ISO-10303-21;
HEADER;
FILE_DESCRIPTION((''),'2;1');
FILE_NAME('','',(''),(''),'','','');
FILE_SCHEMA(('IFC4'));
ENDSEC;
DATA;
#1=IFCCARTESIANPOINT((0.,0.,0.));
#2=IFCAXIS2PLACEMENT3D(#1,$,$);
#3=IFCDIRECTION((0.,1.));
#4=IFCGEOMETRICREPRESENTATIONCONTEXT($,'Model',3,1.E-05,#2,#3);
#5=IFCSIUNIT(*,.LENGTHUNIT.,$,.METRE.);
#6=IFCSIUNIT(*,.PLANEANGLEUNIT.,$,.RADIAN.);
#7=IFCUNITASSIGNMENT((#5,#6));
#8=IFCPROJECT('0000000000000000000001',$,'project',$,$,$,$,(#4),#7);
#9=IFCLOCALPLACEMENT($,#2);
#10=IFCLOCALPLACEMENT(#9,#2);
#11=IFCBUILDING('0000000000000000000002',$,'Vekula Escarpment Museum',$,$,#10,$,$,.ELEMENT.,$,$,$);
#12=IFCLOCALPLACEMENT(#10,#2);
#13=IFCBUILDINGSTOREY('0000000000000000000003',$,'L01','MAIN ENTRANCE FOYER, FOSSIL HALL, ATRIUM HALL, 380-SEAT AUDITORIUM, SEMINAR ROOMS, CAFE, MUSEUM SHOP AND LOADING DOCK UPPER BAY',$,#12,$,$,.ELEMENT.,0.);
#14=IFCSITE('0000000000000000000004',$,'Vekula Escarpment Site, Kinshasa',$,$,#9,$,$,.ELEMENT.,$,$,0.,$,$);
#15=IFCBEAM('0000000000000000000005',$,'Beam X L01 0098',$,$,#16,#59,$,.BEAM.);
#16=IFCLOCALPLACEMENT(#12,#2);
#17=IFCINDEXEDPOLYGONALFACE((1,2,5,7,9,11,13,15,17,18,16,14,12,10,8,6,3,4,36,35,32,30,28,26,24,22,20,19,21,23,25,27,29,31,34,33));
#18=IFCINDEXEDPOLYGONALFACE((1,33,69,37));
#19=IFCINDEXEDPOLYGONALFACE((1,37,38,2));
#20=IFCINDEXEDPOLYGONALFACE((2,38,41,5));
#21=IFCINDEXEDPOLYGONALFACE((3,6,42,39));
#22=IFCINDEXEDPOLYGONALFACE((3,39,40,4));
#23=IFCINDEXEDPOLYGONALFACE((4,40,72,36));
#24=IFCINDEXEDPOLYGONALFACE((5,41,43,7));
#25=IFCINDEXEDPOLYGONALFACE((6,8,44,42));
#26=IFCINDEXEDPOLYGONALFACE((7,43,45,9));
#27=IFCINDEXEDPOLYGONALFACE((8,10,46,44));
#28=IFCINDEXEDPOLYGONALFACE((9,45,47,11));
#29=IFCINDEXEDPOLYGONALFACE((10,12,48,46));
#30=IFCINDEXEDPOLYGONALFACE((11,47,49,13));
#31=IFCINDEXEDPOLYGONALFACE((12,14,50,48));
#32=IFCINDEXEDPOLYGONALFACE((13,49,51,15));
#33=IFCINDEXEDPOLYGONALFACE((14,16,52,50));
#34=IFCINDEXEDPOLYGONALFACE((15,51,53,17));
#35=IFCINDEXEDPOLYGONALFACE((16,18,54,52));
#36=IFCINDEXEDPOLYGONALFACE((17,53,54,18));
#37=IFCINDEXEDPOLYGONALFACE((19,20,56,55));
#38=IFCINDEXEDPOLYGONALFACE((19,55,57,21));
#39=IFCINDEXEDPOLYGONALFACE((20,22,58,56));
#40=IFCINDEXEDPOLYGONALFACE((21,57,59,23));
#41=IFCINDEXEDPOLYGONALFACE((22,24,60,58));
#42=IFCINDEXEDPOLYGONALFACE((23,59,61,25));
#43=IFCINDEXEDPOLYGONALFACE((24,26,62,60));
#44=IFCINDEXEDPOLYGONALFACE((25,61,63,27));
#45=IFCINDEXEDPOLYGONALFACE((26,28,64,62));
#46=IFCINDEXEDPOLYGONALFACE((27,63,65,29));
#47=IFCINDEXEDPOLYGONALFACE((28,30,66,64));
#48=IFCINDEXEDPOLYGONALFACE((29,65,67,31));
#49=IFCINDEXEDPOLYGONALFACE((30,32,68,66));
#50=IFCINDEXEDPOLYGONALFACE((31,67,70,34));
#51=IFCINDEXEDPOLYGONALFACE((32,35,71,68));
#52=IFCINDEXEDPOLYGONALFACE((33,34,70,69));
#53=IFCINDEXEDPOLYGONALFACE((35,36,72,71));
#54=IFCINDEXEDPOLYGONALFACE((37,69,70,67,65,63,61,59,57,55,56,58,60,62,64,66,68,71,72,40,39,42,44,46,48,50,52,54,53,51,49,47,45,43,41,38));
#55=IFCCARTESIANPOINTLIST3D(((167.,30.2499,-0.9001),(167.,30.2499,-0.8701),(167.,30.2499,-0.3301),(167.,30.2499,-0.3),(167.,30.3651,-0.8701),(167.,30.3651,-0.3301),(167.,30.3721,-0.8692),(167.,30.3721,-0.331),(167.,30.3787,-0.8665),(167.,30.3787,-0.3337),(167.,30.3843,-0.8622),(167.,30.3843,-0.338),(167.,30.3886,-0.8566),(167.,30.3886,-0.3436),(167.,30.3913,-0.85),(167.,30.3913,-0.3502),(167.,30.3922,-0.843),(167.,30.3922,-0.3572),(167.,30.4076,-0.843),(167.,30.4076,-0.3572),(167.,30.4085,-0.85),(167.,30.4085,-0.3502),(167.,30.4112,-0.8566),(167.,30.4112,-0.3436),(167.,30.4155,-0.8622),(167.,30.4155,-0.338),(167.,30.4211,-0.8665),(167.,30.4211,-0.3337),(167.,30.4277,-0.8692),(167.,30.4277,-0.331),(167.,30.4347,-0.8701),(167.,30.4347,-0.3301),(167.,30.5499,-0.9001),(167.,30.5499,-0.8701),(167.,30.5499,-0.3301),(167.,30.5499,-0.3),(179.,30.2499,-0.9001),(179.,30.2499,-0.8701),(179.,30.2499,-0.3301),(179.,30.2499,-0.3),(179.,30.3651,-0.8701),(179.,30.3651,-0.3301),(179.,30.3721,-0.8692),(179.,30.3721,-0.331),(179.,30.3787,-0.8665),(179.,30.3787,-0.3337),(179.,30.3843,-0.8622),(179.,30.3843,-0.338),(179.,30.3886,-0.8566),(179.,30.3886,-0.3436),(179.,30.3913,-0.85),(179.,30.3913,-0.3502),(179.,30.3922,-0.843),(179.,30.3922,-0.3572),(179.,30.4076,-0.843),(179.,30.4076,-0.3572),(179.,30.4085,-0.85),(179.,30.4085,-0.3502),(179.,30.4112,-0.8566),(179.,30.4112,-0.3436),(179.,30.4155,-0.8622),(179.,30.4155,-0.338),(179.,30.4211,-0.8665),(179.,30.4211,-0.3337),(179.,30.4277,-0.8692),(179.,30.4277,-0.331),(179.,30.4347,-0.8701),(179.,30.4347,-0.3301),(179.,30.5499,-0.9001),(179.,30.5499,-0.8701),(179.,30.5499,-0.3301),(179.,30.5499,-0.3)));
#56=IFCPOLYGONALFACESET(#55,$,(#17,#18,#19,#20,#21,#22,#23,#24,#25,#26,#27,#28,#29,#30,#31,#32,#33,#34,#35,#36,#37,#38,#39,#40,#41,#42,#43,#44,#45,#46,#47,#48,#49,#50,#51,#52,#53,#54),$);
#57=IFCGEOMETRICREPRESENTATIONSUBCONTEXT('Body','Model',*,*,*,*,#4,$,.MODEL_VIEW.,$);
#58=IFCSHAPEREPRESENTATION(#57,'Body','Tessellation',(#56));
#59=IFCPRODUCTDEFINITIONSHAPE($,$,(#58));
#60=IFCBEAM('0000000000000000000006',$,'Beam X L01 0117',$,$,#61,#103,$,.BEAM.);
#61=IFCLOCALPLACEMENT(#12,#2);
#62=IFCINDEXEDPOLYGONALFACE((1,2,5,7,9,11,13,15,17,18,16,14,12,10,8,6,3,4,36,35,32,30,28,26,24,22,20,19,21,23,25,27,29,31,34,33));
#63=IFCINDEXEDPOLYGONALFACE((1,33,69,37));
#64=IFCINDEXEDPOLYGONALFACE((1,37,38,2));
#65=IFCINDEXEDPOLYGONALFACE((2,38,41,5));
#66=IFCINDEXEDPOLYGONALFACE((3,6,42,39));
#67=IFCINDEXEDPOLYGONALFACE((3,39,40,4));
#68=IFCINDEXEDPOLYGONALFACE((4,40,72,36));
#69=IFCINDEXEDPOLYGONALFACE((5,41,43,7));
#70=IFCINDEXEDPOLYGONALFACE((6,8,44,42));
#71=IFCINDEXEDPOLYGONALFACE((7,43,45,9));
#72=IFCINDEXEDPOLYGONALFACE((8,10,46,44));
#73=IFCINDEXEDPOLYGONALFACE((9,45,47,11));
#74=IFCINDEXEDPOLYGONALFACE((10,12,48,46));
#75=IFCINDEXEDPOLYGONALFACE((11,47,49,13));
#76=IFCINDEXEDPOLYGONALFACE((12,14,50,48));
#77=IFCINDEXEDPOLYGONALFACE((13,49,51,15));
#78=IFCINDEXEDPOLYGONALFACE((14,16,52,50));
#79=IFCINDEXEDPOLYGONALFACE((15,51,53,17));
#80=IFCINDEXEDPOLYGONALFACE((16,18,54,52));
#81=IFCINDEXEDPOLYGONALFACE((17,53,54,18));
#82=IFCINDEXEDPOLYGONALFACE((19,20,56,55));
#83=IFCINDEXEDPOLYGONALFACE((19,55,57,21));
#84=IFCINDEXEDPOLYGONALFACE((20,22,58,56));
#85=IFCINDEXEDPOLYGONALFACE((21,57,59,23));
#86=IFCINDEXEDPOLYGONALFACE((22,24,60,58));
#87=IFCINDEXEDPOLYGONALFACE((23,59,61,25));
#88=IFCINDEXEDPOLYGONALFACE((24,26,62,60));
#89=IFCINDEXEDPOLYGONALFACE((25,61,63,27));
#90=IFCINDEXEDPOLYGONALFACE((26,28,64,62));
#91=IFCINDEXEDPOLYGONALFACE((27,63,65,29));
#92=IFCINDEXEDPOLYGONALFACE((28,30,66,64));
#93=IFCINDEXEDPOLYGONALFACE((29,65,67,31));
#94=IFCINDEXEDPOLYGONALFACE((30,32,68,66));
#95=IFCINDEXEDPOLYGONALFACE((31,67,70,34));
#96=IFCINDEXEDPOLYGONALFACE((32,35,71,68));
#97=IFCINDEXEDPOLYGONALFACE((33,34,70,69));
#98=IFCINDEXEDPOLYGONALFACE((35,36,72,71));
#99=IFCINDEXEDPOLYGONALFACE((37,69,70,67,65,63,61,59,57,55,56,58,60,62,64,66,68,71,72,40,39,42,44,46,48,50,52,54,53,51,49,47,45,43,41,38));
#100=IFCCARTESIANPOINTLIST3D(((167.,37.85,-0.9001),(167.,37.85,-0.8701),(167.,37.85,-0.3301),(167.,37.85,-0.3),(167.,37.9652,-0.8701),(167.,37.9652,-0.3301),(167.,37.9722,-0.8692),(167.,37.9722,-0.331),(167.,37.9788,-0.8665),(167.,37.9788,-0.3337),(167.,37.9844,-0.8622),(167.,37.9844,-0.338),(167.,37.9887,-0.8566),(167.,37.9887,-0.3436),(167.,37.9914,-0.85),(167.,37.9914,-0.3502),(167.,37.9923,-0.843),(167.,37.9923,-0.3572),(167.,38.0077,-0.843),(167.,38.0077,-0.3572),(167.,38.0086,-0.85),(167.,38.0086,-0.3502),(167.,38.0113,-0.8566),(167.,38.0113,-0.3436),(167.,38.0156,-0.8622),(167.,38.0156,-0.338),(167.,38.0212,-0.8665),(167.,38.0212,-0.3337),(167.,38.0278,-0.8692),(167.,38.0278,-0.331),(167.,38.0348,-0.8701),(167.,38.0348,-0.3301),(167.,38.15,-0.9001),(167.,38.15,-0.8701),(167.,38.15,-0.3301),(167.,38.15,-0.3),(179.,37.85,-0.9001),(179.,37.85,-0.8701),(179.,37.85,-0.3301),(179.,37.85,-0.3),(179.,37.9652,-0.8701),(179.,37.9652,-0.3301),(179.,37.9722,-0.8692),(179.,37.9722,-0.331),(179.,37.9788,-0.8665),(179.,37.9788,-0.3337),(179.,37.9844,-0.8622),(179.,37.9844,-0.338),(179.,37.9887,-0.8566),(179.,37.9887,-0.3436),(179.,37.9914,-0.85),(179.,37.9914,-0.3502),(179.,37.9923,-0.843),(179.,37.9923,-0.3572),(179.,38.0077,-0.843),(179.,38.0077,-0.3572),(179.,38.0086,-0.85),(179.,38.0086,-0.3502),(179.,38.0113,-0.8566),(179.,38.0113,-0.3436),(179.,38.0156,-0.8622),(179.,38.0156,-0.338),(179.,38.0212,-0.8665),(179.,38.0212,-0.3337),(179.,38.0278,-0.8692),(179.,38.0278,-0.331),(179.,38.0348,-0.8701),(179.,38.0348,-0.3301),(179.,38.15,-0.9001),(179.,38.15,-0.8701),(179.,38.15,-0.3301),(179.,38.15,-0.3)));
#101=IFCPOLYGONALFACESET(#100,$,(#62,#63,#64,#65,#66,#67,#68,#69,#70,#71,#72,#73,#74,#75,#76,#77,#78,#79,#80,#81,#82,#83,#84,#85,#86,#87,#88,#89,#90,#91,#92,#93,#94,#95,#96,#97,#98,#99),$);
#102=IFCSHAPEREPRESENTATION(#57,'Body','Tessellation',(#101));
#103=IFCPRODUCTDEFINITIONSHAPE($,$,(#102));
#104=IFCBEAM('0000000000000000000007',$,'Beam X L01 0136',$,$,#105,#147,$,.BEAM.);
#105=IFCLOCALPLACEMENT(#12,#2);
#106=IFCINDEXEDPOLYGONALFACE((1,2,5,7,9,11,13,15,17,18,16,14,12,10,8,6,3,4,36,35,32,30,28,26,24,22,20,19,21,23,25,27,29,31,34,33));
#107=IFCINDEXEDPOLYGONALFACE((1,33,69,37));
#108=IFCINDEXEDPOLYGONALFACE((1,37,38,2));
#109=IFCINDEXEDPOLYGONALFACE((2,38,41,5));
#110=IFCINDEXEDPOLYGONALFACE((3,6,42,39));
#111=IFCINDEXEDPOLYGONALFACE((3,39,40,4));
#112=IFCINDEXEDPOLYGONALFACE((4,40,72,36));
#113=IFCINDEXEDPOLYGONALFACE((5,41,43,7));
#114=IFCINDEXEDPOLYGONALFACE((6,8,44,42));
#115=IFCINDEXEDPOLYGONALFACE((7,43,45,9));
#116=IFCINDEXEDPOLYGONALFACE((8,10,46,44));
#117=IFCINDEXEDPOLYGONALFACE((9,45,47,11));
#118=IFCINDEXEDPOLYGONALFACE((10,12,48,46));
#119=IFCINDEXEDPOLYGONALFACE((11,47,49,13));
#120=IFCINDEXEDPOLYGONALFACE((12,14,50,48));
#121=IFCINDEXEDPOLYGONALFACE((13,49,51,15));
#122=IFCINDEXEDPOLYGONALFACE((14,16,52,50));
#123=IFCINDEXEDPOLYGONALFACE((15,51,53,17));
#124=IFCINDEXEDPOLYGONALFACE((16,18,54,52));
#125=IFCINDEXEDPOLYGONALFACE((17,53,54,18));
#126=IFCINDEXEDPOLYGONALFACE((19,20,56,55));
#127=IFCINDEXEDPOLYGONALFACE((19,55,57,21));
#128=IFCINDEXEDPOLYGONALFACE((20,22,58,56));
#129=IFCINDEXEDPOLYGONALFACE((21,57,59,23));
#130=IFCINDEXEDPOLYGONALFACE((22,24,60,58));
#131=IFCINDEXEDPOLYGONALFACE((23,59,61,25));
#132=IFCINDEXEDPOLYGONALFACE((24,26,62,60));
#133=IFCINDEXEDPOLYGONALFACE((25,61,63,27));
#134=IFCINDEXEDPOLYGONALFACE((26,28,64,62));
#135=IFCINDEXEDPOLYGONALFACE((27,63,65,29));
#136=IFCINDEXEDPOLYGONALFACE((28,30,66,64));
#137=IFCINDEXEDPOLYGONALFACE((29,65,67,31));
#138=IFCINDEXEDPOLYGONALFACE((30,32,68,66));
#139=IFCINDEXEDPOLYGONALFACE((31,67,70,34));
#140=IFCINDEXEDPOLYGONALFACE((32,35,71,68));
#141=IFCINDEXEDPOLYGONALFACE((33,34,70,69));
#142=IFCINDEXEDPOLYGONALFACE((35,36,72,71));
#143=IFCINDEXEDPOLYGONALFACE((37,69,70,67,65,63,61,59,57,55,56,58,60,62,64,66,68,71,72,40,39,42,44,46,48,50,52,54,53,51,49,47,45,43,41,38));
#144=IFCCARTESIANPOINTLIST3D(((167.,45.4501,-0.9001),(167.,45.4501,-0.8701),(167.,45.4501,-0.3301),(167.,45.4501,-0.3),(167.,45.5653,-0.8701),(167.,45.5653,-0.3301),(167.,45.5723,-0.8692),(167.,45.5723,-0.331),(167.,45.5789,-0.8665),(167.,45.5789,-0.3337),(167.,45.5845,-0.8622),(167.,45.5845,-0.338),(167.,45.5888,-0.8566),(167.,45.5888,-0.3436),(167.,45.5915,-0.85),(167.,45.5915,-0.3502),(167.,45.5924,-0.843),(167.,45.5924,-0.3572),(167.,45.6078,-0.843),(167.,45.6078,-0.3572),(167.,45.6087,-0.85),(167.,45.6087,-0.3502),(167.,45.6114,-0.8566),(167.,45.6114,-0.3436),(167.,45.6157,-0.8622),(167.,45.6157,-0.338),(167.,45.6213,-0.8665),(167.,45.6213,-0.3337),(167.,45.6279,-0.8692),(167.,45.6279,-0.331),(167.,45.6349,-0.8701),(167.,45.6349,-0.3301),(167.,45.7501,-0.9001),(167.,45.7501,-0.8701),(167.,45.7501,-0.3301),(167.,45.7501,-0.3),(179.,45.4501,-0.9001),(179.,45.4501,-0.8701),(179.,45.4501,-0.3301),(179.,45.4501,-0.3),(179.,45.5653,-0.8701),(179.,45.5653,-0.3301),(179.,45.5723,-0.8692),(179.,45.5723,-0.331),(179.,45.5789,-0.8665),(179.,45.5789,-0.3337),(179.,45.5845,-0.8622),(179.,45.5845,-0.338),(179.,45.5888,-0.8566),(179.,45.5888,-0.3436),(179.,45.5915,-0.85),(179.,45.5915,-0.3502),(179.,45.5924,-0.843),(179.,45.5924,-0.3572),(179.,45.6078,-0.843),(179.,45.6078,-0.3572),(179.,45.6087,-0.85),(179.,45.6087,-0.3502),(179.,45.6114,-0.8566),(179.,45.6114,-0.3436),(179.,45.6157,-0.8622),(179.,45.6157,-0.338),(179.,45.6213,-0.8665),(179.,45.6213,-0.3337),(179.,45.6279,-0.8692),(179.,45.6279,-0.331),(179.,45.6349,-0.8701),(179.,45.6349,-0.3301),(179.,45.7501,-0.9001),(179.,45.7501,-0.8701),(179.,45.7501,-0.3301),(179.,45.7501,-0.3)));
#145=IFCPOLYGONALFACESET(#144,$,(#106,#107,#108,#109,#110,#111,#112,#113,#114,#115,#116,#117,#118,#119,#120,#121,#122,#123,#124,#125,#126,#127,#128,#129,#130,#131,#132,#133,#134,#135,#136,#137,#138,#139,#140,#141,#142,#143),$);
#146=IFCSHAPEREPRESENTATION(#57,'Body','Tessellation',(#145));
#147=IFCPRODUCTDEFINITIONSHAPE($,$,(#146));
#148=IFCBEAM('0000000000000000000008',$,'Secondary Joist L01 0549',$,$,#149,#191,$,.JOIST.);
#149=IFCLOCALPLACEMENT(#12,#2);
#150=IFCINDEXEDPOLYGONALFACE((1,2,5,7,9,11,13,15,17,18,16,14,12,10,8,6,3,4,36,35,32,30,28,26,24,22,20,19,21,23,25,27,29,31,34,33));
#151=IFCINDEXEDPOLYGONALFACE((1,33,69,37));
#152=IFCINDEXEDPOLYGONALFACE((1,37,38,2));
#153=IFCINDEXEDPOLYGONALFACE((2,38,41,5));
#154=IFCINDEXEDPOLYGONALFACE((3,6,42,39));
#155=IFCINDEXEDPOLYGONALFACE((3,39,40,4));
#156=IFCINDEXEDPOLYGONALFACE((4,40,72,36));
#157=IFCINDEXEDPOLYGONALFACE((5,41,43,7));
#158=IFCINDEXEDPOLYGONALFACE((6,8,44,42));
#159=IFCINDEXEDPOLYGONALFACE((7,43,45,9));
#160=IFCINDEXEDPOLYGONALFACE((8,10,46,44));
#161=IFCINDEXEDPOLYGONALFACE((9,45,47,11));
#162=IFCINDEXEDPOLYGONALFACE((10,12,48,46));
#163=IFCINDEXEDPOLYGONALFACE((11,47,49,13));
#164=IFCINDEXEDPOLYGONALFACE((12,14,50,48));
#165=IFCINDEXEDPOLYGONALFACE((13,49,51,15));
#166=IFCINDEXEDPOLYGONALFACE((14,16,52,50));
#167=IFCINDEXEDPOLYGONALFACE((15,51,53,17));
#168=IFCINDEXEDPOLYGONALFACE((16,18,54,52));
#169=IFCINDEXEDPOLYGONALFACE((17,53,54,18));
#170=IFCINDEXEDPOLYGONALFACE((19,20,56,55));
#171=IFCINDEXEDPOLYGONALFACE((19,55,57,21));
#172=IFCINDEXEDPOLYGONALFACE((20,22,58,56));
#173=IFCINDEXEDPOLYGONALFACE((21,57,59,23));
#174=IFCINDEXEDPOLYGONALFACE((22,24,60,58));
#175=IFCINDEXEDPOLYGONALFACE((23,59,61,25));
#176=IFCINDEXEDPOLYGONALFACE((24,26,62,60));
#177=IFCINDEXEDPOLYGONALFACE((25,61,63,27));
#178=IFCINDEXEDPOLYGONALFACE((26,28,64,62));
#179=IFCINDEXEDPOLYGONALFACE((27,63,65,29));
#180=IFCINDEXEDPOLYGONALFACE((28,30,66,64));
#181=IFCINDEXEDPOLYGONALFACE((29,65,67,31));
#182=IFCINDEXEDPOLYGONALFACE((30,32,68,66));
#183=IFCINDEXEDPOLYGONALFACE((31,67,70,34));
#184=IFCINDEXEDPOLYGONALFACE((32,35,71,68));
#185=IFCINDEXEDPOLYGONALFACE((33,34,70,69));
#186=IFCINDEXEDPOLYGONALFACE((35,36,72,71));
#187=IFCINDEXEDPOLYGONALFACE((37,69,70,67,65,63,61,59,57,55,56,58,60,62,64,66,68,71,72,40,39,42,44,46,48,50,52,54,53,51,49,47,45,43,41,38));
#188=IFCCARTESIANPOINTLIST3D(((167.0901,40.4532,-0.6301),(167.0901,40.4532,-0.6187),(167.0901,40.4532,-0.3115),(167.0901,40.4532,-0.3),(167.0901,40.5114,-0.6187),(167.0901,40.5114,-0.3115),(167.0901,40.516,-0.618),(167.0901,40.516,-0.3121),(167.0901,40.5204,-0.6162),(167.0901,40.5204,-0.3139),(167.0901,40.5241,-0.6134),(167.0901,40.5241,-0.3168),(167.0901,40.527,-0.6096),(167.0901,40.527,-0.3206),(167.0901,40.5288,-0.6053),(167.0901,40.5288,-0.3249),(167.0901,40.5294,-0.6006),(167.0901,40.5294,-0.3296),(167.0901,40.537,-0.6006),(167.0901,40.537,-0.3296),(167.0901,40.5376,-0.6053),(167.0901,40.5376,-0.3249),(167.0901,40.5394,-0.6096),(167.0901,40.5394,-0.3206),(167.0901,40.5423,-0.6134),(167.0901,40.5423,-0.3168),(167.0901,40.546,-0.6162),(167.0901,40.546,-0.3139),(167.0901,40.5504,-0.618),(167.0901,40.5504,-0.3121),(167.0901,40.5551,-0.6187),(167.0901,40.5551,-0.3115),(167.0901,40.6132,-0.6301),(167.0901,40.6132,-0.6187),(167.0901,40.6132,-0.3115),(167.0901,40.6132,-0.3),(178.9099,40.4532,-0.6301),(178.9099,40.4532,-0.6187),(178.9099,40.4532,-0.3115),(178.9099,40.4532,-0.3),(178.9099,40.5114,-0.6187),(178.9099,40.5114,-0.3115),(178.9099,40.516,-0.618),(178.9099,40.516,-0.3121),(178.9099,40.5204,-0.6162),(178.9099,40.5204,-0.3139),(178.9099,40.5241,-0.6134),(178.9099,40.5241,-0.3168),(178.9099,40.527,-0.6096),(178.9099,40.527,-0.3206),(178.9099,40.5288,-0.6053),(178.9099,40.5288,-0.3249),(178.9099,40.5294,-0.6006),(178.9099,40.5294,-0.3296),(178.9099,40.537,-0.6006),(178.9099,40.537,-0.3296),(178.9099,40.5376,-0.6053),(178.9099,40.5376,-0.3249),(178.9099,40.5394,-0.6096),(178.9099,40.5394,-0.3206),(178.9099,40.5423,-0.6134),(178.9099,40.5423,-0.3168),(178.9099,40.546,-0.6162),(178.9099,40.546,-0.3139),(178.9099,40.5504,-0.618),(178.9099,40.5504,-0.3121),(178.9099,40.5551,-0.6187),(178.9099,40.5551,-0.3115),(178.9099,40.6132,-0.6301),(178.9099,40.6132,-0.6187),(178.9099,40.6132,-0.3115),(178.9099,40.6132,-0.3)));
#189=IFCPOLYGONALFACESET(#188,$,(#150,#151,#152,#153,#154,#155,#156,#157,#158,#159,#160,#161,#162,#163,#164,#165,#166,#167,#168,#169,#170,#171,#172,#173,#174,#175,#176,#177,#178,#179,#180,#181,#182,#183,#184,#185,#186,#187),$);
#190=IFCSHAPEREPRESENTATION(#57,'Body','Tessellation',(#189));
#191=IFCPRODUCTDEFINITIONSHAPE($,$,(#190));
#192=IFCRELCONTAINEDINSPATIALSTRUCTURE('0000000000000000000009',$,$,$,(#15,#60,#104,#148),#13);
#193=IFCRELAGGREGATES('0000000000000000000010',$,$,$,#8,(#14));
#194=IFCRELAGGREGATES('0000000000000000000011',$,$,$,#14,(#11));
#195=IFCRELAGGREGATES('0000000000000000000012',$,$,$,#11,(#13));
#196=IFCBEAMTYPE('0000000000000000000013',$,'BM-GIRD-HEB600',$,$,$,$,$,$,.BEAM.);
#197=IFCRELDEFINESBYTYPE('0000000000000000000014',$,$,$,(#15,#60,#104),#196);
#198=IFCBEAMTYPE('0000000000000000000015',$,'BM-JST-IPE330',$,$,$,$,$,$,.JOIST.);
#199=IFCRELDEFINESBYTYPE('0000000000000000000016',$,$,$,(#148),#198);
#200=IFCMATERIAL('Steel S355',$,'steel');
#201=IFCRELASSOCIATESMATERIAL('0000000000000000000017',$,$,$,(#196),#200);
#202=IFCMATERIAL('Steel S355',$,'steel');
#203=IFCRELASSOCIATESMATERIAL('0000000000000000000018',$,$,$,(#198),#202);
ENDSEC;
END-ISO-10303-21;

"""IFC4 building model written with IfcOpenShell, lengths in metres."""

from ifc_helpers import new_model, si_unit, direction, frame, origin, origin_2d, place, context, subcontext, project, spatial, i_section, extrude, material, material_profile, profile_set, type_object, element, save


model = new_model("IFC4")

# Units and contexts
model_context = context("Model", 3, precision=1e-05, world=origin(), true_north=direction((0.0, 1.0)))
body_context = subcontext(model_context, "Body", "Model", "MODEL_VIEW")
ifc_project = project(units=[si_unit("LENGTHUNIT", "METRE"), si_unit("PLANEANGLEUNIT", "RADIAN")], contexts=[model_context])

# Site, building, storey
site_placement = place(None, origin())
site = spatial("IfcSite", under=ifc_project, at=site_placement, Name="Vekula Escarpment Site, Kinshasa", CompositionType="ELEMENT", RefElevation=0.0)
building_placement = place(site_placement, origin())
building = spatial("IfcBuilding", under=site, at=building_placement, Name="Vekula Escarpment Museum", CompositionType="ELEMENT")
storey_placement = place(building_placement, origin())
storey = spatial("IfcBuildingStorey", under=building, at=storey_placement, Name="L01", Description="MAIN ENTRANCE FOYER, FOSSIL HALL, ATRIUM HALL, 380-SEAT AUDITORIUM, SEMINAR ROOMS, CAFE, MUSEUM SHOP AND LOADING DOCK UPPER BAY", CompositionType="ELEMENT", Elevation=0.0)

# Beams
ifc_material_1 = material(Name="Steel S355", Category="steel")
ifc_material_profile_1 = material_profile(ifc_material_1, i_section(OverallWidth=0.3, OverallDepth=0.6001, WebThickness=0.0154, FlangeThickness=0.03, FilletRadius=0.0271, at=origin_2d()), Name="HEB 600")
ifc_profile_set_1 = profile_set([ifc_material_profile_1], Name="Steel S355")
beam_type_1 = type_object("IfcBeamType", Name="BM-GIRD-HEB600", PredefinedType="BEAM", material=ifc_profile_set_1)
for number, where, z_axis, x_axis, name in (
    (1, (167.0, 30.3999, -0.6001), (1.0, 0.0, 0.0), (0.0, 1.0, 0.0), "Beam X L01 0098"),
    (2, (167.0, 38.0, -0.6001), (1.0, 0.0, 0.0), (0.0, 1.0, 0.0), "Beam X L01 0117"),
    (3, (167.0, 45.6001, -0.6001), (1.0, 0.0, 0.0), (0.0, 1.0, 0.0), "Beam X L01 0136"),
):
    element("IfcBeam", number, at=place(storey_placement, frame(where, z_axis=z_axis, x_axis=x_axis)), inside=storey, type_object=beam_type_1, Name=name, PredefinedType="BEAM", context=body_context, shape_type="SweptSolid", body=[
        extrude(i_section(OverallWidth=0.3, OverallDepth=0.6001, WebThickness=0.0154, FlangeThickness=0.03, FilletRadius=0.0271, at=origin_2d()), origin(), (0.0, 0.0, 1.0), 12.0),
    ])
ifc_material_2 = material(Name="Steel S355", Category="steel")
ifc_material_profile_2 = material_profile(ifc_material_2, i_section(OverallWidth=0.1599, OverallDepth=0.3301, WebThickness=0.0076, FlangeThickness=0.0115, FilletRadius=0.0181, at=origin_2d()), Name="IPE 330")
ifc_profile_set_2 = profile_set([ifc_material_profile_2], Name="Steel S355")
beam_type_2 = type_object("IfcBeamType", Name="BM-JST-IPE330", PredefinedType="JOIST", material=ifc_profile_set_2)
for number, where, z_axis, x_axis, name in (
    (4, (167.0901, 40.5332, -0.4651), (1.0, 0.0, 0.0), (0.0, 1.0, 0.0), "Secondary Joist L01 0549"),
):
    element("IfcBeam", number, at=place(storey_placement, frame(where, z_axis=z_axis, x_axis=x_axis)), inside=storey, type_object=beam_type_2, Name=name, PredefinedType="JOIST", context=body_context, shape_type="SweptSolid", body=[
        extrude(i_section(OverallWidth=0.1599, OverallDepth=0.3301, WebThickness=0.0076, FlangeThickness=0.0115, FilletRadius=0.0181, at=origin_2d()), origin(), (0.0, 0.0, 1.0), 11.8198),
    ])

save(model, "model.ifc")
